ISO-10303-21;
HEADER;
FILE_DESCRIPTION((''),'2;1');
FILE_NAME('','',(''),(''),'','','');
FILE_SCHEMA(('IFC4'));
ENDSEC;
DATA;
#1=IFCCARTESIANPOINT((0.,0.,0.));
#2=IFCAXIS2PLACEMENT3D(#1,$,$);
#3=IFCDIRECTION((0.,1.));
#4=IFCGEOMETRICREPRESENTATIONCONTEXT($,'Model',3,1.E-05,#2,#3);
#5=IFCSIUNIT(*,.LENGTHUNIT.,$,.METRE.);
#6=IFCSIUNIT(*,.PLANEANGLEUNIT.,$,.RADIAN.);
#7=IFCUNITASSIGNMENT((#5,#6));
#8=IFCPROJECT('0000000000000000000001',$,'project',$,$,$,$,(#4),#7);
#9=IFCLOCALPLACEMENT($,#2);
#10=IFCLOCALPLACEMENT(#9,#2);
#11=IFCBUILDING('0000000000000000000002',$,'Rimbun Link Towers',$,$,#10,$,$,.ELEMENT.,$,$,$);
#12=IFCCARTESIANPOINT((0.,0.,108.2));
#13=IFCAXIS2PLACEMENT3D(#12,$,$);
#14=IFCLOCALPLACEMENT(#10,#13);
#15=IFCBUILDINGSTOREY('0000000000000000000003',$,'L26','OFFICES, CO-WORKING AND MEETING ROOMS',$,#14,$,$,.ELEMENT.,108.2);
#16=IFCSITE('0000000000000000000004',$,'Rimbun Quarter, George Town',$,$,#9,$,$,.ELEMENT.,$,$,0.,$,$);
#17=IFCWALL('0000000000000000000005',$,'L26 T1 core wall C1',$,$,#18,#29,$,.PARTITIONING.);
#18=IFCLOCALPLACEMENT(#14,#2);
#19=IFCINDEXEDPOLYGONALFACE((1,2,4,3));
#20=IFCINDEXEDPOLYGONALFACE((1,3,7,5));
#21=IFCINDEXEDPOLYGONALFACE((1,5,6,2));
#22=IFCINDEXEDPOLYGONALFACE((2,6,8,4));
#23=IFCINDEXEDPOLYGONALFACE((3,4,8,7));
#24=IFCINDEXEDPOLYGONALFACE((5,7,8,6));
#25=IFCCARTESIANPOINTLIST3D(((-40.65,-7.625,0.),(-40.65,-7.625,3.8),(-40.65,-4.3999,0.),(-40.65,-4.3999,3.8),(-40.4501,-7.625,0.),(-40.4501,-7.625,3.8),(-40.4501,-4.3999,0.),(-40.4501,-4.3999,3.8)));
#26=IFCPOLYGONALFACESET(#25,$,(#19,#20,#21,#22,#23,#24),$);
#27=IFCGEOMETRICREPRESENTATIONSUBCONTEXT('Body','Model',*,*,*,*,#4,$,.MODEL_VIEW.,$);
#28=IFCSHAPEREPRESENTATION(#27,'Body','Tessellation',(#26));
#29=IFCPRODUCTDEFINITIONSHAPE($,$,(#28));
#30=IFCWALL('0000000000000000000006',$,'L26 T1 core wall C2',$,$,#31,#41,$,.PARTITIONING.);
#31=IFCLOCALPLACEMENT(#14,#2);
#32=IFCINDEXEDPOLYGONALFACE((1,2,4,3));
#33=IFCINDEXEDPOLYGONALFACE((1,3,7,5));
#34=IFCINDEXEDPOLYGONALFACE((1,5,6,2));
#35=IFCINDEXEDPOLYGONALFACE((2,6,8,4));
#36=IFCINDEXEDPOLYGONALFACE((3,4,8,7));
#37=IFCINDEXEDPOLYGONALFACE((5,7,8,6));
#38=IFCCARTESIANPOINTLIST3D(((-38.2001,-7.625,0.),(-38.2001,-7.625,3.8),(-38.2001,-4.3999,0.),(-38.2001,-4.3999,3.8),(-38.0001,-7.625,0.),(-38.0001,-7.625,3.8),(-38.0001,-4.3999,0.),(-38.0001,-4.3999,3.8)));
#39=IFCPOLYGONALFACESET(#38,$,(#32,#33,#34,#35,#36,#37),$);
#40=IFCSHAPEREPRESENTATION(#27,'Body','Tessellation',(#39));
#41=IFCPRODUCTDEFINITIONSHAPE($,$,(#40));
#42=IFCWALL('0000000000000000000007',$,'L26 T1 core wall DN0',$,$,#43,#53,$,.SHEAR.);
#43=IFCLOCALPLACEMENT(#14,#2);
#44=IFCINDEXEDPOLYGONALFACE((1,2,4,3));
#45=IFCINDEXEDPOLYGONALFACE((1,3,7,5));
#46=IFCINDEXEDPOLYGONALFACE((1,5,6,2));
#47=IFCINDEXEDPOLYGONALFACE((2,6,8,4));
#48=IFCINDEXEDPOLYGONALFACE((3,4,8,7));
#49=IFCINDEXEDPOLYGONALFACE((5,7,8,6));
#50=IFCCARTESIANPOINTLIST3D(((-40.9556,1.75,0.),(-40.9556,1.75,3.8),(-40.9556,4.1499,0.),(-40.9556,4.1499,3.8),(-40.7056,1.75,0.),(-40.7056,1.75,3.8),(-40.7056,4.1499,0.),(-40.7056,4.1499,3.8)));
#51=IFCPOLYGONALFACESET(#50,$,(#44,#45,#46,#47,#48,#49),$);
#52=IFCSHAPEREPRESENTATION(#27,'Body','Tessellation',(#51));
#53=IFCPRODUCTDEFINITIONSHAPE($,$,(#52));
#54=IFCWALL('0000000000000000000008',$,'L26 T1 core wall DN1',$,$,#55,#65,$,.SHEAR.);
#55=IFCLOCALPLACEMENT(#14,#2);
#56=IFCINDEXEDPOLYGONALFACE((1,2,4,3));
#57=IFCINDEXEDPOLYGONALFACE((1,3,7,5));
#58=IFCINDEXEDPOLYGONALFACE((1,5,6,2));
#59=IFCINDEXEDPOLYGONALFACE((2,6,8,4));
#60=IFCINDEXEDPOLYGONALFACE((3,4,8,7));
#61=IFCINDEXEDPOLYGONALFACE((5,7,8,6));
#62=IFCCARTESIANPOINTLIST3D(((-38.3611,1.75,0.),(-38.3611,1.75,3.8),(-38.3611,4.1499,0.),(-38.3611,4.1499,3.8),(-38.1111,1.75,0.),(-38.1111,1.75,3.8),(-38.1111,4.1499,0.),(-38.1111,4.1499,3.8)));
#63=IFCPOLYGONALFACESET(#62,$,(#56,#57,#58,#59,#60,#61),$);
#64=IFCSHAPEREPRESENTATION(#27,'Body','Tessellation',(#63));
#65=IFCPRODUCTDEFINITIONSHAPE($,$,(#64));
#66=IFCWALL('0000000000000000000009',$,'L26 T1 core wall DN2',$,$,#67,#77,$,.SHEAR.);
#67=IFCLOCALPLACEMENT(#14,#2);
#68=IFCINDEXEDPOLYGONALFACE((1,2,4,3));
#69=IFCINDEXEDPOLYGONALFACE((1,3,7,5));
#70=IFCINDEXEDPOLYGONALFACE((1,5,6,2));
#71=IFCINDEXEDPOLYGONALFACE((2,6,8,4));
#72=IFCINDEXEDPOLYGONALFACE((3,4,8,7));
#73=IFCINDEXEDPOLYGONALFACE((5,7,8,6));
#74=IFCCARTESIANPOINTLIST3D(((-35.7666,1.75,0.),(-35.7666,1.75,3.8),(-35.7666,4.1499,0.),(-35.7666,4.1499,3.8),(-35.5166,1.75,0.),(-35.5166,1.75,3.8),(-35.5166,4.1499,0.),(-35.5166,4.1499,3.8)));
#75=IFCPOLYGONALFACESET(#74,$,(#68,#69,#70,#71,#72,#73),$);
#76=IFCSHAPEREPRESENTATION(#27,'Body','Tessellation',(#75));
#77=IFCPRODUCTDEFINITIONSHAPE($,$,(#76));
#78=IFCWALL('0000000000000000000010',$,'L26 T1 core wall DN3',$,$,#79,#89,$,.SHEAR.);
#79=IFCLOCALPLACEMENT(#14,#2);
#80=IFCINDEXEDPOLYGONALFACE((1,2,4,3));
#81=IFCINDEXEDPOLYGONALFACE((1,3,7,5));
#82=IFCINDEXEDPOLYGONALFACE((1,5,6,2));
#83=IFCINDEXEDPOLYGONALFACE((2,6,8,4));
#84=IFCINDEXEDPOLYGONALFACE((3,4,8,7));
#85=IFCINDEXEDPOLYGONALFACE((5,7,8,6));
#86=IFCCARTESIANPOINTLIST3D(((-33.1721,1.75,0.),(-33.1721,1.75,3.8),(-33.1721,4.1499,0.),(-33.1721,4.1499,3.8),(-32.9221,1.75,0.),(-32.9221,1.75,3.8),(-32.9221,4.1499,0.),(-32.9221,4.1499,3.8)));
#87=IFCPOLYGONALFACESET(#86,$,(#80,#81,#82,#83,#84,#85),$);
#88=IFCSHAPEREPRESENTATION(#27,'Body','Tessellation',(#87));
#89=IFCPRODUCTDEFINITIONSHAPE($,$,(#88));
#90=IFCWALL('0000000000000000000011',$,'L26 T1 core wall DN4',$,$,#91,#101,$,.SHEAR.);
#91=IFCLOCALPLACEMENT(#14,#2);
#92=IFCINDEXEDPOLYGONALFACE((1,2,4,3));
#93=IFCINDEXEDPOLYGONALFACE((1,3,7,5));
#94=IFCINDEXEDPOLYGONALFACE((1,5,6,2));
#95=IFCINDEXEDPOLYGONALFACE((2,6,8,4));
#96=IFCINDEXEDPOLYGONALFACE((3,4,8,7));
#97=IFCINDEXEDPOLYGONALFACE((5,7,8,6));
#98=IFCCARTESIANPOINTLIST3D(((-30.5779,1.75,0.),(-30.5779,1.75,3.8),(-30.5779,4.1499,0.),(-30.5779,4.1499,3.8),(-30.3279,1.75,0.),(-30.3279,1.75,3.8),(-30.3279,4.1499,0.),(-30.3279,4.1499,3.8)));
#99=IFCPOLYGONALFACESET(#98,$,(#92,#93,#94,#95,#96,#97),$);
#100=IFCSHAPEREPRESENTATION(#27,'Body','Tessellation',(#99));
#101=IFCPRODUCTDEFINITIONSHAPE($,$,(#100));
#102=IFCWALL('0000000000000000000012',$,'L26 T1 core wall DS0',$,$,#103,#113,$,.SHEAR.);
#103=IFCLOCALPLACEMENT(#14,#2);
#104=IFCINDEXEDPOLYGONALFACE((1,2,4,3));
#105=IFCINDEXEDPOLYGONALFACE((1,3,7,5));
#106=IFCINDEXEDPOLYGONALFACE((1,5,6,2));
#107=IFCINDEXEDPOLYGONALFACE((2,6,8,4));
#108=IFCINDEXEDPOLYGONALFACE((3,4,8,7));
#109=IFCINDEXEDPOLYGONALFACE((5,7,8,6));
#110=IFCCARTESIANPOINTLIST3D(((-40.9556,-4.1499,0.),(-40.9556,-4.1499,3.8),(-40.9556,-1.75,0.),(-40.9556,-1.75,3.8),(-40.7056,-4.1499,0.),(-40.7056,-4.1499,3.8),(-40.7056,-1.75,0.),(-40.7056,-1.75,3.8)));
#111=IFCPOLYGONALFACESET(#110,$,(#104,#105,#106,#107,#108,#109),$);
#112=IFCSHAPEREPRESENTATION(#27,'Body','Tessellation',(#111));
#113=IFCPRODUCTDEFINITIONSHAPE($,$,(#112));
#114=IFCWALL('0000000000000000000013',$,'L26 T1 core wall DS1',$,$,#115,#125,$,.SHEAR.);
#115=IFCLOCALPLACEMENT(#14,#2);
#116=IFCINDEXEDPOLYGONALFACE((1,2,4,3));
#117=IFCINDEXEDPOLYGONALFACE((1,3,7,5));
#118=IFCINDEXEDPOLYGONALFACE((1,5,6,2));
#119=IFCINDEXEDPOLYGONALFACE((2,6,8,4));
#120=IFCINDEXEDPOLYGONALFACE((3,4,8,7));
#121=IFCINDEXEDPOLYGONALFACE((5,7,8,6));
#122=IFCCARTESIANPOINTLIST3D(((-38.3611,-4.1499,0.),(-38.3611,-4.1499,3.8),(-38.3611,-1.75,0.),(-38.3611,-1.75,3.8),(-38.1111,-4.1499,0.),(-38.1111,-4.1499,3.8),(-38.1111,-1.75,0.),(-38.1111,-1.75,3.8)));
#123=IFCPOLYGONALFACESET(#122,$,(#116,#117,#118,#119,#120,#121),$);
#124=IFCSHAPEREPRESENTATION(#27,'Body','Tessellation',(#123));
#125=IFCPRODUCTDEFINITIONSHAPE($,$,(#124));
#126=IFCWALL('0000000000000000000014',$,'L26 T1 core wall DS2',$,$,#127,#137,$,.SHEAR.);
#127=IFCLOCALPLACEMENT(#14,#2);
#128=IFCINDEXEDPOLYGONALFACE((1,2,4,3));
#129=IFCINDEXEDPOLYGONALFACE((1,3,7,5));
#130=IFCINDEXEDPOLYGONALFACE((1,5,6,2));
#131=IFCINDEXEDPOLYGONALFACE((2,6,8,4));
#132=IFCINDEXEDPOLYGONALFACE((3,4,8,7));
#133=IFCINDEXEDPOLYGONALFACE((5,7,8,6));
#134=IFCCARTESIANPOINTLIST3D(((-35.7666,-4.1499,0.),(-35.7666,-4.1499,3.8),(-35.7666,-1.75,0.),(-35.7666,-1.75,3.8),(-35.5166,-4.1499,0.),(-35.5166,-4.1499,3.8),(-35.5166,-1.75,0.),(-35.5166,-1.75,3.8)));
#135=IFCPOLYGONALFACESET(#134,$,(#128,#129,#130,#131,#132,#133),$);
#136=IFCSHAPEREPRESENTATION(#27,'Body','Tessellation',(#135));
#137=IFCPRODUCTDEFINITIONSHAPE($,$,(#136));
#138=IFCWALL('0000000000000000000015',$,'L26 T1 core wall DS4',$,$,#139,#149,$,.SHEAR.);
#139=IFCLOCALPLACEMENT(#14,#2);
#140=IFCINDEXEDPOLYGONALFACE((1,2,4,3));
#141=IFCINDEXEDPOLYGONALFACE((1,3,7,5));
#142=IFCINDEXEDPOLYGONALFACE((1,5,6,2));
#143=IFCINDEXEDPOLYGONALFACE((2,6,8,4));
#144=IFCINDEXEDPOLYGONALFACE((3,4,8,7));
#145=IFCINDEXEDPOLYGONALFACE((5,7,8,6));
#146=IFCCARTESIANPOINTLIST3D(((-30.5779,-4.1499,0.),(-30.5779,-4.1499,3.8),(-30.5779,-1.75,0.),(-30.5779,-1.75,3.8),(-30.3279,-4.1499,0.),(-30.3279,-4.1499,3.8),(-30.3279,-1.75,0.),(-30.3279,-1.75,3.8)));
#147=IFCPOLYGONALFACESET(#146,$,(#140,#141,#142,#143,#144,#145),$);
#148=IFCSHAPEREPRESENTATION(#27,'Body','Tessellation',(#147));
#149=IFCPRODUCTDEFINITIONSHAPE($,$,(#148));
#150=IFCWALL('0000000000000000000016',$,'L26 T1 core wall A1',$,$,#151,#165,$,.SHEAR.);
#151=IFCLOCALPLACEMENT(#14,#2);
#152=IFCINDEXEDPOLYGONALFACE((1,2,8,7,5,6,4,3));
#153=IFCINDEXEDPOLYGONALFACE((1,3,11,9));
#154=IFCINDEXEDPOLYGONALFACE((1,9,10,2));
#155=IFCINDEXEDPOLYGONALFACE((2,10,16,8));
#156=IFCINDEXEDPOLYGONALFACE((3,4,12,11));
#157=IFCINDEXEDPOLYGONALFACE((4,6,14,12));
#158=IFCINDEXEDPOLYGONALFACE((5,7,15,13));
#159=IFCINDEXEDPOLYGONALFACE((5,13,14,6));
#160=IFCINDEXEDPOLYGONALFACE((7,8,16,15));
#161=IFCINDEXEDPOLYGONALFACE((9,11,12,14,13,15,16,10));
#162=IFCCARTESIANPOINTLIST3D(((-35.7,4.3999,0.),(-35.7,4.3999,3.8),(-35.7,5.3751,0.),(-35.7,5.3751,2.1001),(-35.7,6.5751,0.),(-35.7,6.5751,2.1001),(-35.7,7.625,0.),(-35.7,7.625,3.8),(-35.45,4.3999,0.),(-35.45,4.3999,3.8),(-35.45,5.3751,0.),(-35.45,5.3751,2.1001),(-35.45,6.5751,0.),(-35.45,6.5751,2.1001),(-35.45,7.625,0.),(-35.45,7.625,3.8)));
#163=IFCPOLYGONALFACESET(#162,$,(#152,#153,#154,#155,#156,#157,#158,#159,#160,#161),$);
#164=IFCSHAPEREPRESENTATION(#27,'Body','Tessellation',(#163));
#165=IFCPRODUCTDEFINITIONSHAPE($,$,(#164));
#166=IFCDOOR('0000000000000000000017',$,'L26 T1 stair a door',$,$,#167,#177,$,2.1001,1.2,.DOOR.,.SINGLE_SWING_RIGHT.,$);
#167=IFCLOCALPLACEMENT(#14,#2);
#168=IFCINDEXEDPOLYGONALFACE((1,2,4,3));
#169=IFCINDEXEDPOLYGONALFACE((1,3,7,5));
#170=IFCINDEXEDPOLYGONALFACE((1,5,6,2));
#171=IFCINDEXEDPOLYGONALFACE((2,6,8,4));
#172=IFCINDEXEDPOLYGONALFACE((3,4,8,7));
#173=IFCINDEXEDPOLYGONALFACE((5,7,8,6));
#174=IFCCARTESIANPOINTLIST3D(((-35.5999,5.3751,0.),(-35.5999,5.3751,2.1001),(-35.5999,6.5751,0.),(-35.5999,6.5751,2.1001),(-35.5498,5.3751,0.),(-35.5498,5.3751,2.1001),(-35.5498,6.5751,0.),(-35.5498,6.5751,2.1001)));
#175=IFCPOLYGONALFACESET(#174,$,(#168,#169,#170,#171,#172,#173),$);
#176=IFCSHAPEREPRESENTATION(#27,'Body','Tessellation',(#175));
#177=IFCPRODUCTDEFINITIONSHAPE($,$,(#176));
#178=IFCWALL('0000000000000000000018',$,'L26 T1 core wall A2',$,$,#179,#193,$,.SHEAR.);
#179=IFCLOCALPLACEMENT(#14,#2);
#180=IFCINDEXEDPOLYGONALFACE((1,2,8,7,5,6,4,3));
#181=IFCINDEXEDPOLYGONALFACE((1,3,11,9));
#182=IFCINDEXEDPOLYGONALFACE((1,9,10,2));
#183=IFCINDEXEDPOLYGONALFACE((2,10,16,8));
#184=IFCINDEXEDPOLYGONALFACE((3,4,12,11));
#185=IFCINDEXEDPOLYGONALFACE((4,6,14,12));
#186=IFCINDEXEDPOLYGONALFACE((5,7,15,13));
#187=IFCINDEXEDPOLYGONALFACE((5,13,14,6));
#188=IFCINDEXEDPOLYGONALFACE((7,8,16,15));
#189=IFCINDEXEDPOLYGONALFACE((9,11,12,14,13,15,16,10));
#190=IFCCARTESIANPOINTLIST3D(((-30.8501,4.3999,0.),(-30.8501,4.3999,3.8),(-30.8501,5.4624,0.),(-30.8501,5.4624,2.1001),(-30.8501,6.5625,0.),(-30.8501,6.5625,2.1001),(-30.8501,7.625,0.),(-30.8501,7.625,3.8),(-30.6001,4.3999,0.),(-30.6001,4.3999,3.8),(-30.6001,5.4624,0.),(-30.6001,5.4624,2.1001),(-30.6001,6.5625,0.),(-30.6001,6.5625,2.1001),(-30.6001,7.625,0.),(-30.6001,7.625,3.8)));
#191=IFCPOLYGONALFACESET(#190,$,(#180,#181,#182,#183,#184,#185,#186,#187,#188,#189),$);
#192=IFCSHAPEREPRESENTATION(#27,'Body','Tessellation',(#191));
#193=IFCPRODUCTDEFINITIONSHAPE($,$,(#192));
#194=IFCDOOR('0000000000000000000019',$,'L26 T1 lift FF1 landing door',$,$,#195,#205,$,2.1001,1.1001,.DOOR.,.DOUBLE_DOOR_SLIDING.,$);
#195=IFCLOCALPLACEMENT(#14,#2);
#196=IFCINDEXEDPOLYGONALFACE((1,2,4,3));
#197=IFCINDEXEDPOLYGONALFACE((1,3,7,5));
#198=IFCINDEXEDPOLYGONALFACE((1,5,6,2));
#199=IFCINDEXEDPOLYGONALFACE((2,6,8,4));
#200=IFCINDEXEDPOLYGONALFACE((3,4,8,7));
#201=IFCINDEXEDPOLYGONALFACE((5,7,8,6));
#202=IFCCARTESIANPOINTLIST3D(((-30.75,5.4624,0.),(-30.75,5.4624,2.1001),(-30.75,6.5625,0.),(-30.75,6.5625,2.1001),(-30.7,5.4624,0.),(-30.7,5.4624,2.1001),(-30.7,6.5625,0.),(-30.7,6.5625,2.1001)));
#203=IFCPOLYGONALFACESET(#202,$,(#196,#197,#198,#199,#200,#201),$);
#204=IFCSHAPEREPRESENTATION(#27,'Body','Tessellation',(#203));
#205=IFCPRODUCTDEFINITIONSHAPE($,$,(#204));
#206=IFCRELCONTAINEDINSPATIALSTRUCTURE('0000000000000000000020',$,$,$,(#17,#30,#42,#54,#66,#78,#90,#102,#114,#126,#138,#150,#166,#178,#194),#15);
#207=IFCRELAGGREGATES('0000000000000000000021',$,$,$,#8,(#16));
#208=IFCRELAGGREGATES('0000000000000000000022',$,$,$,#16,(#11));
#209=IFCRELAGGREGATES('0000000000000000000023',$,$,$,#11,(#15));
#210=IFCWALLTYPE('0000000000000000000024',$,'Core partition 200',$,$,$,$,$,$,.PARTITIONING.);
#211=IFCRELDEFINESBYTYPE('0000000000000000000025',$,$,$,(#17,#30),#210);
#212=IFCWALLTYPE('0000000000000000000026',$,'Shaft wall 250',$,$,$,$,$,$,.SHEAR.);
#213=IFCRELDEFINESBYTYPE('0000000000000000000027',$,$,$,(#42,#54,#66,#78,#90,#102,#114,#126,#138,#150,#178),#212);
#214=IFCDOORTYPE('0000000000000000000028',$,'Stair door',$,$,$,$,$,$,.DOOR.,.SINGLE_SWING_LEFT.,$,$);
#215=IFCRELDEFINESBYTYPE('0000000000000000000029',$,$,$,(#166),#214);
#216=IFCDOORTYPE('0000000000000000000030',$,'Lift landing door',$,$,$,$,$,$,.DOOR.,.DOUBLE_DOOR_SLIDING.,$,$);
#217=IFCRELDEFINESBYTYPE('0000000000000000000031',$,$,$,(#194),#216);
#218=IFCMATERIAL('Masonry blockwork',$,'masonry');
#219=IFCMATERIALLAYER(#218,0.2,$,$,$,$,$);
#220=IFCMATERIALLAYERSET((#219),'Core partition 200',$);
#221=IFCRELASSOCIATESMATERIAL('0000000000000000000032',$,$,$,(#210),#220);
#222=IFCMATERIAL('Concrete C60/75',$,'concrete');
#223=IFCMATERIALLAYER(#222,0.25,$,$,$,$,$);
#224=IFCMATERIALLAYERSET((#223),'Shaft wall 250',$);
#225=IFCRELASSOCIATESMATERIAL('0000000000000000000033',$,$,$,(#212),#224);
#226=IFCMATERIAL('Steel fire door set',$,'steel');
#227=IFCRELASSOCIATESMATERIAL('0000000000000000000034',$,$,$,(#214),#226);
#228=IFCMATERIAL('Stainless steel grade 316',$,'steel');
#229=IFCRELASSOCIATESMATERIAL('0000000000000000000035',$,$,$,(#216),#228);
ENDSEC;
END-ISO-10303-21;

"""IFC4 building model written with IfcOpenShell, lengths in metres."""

from ifc_helpers import new_model, si_unit, direction, frame, frame_2d, origin, place, context, subcontext, project, spatial, rectangle, extrude, material, layer, layer_set, type_object, element, fill, save


model = new_model("IFC4")

# Units and contexts
model_context = context("Model", 3, precision=1e-05, world=origin(), true_north=direction((0.0, 1.0)))
body_context = subcontext(model_context, "Body", "Model", "MODEL_VIEW")
ifc_project = project(units=[si_unit("LENGTHUNIT", "METRE"), si_unit("PLANEANGLEUNIT", "RADIAN")], contexts=[model_context])

# Site, building, storey
site_placement = place(None, origin())
site = spatial("IfcSite", under=ifc_project, at=site_placement, Name="Rimbun Quarter, George Town", CompositionType="ELEMENT", RefElevation=0.0)
building_placement = place(site_placement, origin())
building = spatial("IfcBuilding", under=site, at=building_placement, Name="Rimbun Link Towers", CompositionType="ELEMENT")
storey_placement = place(building_placement, frame((0.0, 0.0, 108.2)))
storey = spatial("IfcBuildingStorey", under=building, at=storey_placement, Name="L26", Description="OFFICES, CO-WORKING AND MEETING ROOMS", CompositionType="ELEMENT", Elevation=108.2)

# Walls
ifc_material_1 = material(Name="Masonry blockwork", Category="masonry")
ifc_layer_1 = layer(ifc_material_1, 0.2)
ifc_layer_set_1 = layer_set([ifc_layer_1], Name="Core partition 200")
wall_type_1 = type_object("IfcWallType", Name="Core partition 200", PredefinedType="PARTITIONING", material=ifc_layer_set_1)
for number, where, z_axis, x_axis, name in (
    (1, (-40.55, -4.3999, 0.0), (0.0, 0.0, 1.0), (0.0, -1.0, 0.0), "L26 T1 core wall C1"),
    (2, (-38.1001, -4.3999, 0.0), (0.0, 0.0, 1.0), (0.0, -1.0, 0.0), "L26 T1 core wall C2"),
):
    element("IfcWall", number, at=place(storey_placement, frame(where, z_axis=z_axis, x_axis=x_axis)), inside=storey, type_object=wall_type_1, Name=name, PredefinedType="PARTITIONING", context=body_context, shape_type="SweptSolid", body=[
        extrude(rectangle(XDim=3.2251, YDim=0.2, at=frame_2d((1.6125, 0.0))), origin(), (0.0, 0.0, 1.0), 3.8),
    ])
ifc_material_2 = material(Name="Concrete C60/75", Category="concrete")
ifc_layer_2 = layer(ifc_material_2, 0.25)
ifc_layer_set_2 = layer_set([ifc_layer_2], Name="Shaft wall 250")
wall_type_2 = type_object("IfcWallType", Name="Shaft wall 250", PredefinedType="SHEAR", material=ifc_layer_set_2)
for number, where, z_axis, x_axis, name in (
    (3, (-40.8306, 1.75, 0.0), (0.0, 0.0, 1.0), (0.0, 1.0, 0.0), "L26 T1 core wall DN0"),
    (4, (-38.2361, 1.75, 0.0), (0.0, 0.0, 1.0), (0.0, 1.0, 0.0), "L26 T1 core wall DN1"),
    (5, (-35.6416, 1.75, 0.0), (0.0, 0.0, 1.0), (0.0, 1.0, 0.0), "L26 T1 core wall DN2"),
    (6, (-33.0471, 1.75, 0.0), (0.0, 0.0, 1.0), (0.0, 1.0, 0.0), "L26 T1 core wall DN3"),
    (7, (-30.4529, 1.75, 0.0), (0.0, 0.0, 1.0), (0.0, 1.0, 0.0), "L26 T1 core wall DN4"),
    (8, (-40.8306, -4.1499, 0.0), (0.0, 0.0, 1.0), (0.0, 1.0, 0.0), "L26 T1 core wall DS0"),
    (9, (-38.2361, -4.1499, 0.0), (0.0, 0.0, 1.0), (0.0, 1.0, 0.0), "L26 T1 core wall DS1"),
    (10, (-35.6416, -4.1499, 0.0), (0.0, 0.0, 1.0), (0.0, 1.0, 0.0), "L26 T1 core wall DS2"),
    (11, (-30.4529, -4.1499, 0.0), (0.0, 0.0, 1.0), (0.0, 1.0, 0.0), "L26 T1 core wall DS4"),
):
    element("IfcWall", number, at=place(storey_placement, frame(where, z_axis=z_axis, x_axis=x_axis)), inside=storey, type_object=wall_type_2, Name=name, PredefinedType="SHEAR", context=body_context, shape_type="SweptSolid", body=[
        extrude(rectangle(XDim=2.3999, YDim=0.25, at=frame_2d((1.2, 0.0))), origin(), (0.0, 0.0, 1.0), 3.8),
    ])

# Walls, openings, doors
wall_1_placement = place(storey_placement, frame((-35.575, 4.3999, 0.0), z_axis=(0.0, 0.0, 1.0), x_axis=(0.0, 1.0, 0.0)))
wall_1 = element("IfcWall", 12, at=wall_1_placement, inside=storey, type_object=wall_type_2, Name="L26 T1 core wall A1", PredefinedType="SHEAR", context=body_context, shape_type="SweptSolid", body=[
    extrude(rectangle(XDim=3.2251, YDim=0.25, at=frame_2d((1.6125, 0.0))), origin(), (0.0, 0.0, 1.0), 3.8),
])
opening_1_placement = place(wall_1_placement, frame((0.9751, 0.0, 0.0)))
opening_1 = element("IfcOpeningElement", 13, at=opening_1_placement, cuts=wall_1, PredefinedType="OPENING", context=body_context, shape_type="SweptSolid", body=[
    extrude(rectangle(XDim=1.2, YDim=2.1001, at=frame_2d((0.6001, 1.05))), frame((0.0, 0.135, 0.0), z_axis=(0.0, -1.0, 0.0), x_axis=(1.0, 0.0, 0.0)), (0.0, 0.0, 1.0), 0.27),
])
ifc_material_3 = material(Name="Steel fire door set", Category="steel")
door_type_1 = type_object("IfcDoorType", Name="Stair door", OperationType="SINGLE_SWING_LEFT", PredefinedType="DOOR", material=ifc_material_3)
door_1_placement = place(opening_1_placement, origin())
door_1 = element("IfcDoor", 14, at=door_1_placement, inside=storey, type_object=door_type_1, Name="L26 T1 stair a door", OperationType="SINGLE_SWING_RIGHT", OverallHeight=2.1001, OverallWidth=1.2, PredefinedType="DOOR", context=body_context, shape_type="SweptSolid", body=[
    extrude(rectangle(XDim=1.2, YDim=2.1001, at=frame_2d((0.6001, 1.05))), frame((0.0, 0.0249, 0.0), z_axis=(0.0, -1.0, 0.0), x_axis=(1.0, 0.0, 0.0)), (0.0, 0.0, 1.0), 0.05),
])
fill(opening_1, door_1)
wall_2_placement = place(storey_placement, frame((-30.7251, 4.3999, 0.0), z_axis=(0.0, 0.0, 1.0), x_axis=(0.0, 1.0, 0.0)))
wall_2 = element("IfcWall", 15, at=wall_2_placement, inside=storey, type_object=wall_type_2, Name="L26 T1 core wall A2", PredefinedType="SHEAR", context=body_context, shape_type="SweptSolid", body=[
    extrude(rectangle(XDim=3.2251, YDim=0.25, at=frame_2d((1.6125, 0.0))), origin(), (0.0, 0.0, 1.0), 3.8),
])
opening_2_placement = place(wall_2_placement, frame((1.0625, 0.0, 0.0)))
opening_2 = element("IfcOpeningElement", 16, at=opening_2_placement, cuts=wall_2, PredefinedType="OPENING", context=body_context, shape_type="SweptSolid", body=[
    extrude(rectangle(XDim=1.1001, YDim=2.1001, at=frame_2d((0.55, 1.05))), frame((0.0, 0.135, 0.0), z_axis=(0.0, -1.0, 0.0), x_axis=(1.0, 0.0, 0.0)), (0.0, 0.0, 1.0), 0.27),
])
ifc_material_4 = material(Name="Stainless steel grade 316", Category="steel")
door_type_2 = type_object("IfcDoorType", Name="Lift landing door", OperationType="DOUBLE_DOOR_SLIDING", PredefinedType="DOOR", material=ifc_material_4)
door_2_placement = place(opening_2_placement, origin())
door_2 = element("IfcDoor", 17, at=door_2_placement, inside=storey, type_object=door_type_2, Name="L26 T1 lift FF1 landing door", OperationType="DOUBLE_DOOR_SLIDING", OverallHeight=2.1001, OverallWidth=1.1001, PredefinedType="DOOR", context=body_context, shape_type="SweptSolid", body=[
    extrude(rectangle(XDim=1.1001, YDim=2.1001, at=frame_2d((0.55, 1.05))), frame((0.0, 0.0249, 0.0), z_axis=(0.0, -1.0, 0.0), x_axis=(1.0, 0.0, 0.0)), (0.0, 0.0, 1.0), 0.05),
])
fill(opening_2, door_2)

save(model, "model.ifc")
